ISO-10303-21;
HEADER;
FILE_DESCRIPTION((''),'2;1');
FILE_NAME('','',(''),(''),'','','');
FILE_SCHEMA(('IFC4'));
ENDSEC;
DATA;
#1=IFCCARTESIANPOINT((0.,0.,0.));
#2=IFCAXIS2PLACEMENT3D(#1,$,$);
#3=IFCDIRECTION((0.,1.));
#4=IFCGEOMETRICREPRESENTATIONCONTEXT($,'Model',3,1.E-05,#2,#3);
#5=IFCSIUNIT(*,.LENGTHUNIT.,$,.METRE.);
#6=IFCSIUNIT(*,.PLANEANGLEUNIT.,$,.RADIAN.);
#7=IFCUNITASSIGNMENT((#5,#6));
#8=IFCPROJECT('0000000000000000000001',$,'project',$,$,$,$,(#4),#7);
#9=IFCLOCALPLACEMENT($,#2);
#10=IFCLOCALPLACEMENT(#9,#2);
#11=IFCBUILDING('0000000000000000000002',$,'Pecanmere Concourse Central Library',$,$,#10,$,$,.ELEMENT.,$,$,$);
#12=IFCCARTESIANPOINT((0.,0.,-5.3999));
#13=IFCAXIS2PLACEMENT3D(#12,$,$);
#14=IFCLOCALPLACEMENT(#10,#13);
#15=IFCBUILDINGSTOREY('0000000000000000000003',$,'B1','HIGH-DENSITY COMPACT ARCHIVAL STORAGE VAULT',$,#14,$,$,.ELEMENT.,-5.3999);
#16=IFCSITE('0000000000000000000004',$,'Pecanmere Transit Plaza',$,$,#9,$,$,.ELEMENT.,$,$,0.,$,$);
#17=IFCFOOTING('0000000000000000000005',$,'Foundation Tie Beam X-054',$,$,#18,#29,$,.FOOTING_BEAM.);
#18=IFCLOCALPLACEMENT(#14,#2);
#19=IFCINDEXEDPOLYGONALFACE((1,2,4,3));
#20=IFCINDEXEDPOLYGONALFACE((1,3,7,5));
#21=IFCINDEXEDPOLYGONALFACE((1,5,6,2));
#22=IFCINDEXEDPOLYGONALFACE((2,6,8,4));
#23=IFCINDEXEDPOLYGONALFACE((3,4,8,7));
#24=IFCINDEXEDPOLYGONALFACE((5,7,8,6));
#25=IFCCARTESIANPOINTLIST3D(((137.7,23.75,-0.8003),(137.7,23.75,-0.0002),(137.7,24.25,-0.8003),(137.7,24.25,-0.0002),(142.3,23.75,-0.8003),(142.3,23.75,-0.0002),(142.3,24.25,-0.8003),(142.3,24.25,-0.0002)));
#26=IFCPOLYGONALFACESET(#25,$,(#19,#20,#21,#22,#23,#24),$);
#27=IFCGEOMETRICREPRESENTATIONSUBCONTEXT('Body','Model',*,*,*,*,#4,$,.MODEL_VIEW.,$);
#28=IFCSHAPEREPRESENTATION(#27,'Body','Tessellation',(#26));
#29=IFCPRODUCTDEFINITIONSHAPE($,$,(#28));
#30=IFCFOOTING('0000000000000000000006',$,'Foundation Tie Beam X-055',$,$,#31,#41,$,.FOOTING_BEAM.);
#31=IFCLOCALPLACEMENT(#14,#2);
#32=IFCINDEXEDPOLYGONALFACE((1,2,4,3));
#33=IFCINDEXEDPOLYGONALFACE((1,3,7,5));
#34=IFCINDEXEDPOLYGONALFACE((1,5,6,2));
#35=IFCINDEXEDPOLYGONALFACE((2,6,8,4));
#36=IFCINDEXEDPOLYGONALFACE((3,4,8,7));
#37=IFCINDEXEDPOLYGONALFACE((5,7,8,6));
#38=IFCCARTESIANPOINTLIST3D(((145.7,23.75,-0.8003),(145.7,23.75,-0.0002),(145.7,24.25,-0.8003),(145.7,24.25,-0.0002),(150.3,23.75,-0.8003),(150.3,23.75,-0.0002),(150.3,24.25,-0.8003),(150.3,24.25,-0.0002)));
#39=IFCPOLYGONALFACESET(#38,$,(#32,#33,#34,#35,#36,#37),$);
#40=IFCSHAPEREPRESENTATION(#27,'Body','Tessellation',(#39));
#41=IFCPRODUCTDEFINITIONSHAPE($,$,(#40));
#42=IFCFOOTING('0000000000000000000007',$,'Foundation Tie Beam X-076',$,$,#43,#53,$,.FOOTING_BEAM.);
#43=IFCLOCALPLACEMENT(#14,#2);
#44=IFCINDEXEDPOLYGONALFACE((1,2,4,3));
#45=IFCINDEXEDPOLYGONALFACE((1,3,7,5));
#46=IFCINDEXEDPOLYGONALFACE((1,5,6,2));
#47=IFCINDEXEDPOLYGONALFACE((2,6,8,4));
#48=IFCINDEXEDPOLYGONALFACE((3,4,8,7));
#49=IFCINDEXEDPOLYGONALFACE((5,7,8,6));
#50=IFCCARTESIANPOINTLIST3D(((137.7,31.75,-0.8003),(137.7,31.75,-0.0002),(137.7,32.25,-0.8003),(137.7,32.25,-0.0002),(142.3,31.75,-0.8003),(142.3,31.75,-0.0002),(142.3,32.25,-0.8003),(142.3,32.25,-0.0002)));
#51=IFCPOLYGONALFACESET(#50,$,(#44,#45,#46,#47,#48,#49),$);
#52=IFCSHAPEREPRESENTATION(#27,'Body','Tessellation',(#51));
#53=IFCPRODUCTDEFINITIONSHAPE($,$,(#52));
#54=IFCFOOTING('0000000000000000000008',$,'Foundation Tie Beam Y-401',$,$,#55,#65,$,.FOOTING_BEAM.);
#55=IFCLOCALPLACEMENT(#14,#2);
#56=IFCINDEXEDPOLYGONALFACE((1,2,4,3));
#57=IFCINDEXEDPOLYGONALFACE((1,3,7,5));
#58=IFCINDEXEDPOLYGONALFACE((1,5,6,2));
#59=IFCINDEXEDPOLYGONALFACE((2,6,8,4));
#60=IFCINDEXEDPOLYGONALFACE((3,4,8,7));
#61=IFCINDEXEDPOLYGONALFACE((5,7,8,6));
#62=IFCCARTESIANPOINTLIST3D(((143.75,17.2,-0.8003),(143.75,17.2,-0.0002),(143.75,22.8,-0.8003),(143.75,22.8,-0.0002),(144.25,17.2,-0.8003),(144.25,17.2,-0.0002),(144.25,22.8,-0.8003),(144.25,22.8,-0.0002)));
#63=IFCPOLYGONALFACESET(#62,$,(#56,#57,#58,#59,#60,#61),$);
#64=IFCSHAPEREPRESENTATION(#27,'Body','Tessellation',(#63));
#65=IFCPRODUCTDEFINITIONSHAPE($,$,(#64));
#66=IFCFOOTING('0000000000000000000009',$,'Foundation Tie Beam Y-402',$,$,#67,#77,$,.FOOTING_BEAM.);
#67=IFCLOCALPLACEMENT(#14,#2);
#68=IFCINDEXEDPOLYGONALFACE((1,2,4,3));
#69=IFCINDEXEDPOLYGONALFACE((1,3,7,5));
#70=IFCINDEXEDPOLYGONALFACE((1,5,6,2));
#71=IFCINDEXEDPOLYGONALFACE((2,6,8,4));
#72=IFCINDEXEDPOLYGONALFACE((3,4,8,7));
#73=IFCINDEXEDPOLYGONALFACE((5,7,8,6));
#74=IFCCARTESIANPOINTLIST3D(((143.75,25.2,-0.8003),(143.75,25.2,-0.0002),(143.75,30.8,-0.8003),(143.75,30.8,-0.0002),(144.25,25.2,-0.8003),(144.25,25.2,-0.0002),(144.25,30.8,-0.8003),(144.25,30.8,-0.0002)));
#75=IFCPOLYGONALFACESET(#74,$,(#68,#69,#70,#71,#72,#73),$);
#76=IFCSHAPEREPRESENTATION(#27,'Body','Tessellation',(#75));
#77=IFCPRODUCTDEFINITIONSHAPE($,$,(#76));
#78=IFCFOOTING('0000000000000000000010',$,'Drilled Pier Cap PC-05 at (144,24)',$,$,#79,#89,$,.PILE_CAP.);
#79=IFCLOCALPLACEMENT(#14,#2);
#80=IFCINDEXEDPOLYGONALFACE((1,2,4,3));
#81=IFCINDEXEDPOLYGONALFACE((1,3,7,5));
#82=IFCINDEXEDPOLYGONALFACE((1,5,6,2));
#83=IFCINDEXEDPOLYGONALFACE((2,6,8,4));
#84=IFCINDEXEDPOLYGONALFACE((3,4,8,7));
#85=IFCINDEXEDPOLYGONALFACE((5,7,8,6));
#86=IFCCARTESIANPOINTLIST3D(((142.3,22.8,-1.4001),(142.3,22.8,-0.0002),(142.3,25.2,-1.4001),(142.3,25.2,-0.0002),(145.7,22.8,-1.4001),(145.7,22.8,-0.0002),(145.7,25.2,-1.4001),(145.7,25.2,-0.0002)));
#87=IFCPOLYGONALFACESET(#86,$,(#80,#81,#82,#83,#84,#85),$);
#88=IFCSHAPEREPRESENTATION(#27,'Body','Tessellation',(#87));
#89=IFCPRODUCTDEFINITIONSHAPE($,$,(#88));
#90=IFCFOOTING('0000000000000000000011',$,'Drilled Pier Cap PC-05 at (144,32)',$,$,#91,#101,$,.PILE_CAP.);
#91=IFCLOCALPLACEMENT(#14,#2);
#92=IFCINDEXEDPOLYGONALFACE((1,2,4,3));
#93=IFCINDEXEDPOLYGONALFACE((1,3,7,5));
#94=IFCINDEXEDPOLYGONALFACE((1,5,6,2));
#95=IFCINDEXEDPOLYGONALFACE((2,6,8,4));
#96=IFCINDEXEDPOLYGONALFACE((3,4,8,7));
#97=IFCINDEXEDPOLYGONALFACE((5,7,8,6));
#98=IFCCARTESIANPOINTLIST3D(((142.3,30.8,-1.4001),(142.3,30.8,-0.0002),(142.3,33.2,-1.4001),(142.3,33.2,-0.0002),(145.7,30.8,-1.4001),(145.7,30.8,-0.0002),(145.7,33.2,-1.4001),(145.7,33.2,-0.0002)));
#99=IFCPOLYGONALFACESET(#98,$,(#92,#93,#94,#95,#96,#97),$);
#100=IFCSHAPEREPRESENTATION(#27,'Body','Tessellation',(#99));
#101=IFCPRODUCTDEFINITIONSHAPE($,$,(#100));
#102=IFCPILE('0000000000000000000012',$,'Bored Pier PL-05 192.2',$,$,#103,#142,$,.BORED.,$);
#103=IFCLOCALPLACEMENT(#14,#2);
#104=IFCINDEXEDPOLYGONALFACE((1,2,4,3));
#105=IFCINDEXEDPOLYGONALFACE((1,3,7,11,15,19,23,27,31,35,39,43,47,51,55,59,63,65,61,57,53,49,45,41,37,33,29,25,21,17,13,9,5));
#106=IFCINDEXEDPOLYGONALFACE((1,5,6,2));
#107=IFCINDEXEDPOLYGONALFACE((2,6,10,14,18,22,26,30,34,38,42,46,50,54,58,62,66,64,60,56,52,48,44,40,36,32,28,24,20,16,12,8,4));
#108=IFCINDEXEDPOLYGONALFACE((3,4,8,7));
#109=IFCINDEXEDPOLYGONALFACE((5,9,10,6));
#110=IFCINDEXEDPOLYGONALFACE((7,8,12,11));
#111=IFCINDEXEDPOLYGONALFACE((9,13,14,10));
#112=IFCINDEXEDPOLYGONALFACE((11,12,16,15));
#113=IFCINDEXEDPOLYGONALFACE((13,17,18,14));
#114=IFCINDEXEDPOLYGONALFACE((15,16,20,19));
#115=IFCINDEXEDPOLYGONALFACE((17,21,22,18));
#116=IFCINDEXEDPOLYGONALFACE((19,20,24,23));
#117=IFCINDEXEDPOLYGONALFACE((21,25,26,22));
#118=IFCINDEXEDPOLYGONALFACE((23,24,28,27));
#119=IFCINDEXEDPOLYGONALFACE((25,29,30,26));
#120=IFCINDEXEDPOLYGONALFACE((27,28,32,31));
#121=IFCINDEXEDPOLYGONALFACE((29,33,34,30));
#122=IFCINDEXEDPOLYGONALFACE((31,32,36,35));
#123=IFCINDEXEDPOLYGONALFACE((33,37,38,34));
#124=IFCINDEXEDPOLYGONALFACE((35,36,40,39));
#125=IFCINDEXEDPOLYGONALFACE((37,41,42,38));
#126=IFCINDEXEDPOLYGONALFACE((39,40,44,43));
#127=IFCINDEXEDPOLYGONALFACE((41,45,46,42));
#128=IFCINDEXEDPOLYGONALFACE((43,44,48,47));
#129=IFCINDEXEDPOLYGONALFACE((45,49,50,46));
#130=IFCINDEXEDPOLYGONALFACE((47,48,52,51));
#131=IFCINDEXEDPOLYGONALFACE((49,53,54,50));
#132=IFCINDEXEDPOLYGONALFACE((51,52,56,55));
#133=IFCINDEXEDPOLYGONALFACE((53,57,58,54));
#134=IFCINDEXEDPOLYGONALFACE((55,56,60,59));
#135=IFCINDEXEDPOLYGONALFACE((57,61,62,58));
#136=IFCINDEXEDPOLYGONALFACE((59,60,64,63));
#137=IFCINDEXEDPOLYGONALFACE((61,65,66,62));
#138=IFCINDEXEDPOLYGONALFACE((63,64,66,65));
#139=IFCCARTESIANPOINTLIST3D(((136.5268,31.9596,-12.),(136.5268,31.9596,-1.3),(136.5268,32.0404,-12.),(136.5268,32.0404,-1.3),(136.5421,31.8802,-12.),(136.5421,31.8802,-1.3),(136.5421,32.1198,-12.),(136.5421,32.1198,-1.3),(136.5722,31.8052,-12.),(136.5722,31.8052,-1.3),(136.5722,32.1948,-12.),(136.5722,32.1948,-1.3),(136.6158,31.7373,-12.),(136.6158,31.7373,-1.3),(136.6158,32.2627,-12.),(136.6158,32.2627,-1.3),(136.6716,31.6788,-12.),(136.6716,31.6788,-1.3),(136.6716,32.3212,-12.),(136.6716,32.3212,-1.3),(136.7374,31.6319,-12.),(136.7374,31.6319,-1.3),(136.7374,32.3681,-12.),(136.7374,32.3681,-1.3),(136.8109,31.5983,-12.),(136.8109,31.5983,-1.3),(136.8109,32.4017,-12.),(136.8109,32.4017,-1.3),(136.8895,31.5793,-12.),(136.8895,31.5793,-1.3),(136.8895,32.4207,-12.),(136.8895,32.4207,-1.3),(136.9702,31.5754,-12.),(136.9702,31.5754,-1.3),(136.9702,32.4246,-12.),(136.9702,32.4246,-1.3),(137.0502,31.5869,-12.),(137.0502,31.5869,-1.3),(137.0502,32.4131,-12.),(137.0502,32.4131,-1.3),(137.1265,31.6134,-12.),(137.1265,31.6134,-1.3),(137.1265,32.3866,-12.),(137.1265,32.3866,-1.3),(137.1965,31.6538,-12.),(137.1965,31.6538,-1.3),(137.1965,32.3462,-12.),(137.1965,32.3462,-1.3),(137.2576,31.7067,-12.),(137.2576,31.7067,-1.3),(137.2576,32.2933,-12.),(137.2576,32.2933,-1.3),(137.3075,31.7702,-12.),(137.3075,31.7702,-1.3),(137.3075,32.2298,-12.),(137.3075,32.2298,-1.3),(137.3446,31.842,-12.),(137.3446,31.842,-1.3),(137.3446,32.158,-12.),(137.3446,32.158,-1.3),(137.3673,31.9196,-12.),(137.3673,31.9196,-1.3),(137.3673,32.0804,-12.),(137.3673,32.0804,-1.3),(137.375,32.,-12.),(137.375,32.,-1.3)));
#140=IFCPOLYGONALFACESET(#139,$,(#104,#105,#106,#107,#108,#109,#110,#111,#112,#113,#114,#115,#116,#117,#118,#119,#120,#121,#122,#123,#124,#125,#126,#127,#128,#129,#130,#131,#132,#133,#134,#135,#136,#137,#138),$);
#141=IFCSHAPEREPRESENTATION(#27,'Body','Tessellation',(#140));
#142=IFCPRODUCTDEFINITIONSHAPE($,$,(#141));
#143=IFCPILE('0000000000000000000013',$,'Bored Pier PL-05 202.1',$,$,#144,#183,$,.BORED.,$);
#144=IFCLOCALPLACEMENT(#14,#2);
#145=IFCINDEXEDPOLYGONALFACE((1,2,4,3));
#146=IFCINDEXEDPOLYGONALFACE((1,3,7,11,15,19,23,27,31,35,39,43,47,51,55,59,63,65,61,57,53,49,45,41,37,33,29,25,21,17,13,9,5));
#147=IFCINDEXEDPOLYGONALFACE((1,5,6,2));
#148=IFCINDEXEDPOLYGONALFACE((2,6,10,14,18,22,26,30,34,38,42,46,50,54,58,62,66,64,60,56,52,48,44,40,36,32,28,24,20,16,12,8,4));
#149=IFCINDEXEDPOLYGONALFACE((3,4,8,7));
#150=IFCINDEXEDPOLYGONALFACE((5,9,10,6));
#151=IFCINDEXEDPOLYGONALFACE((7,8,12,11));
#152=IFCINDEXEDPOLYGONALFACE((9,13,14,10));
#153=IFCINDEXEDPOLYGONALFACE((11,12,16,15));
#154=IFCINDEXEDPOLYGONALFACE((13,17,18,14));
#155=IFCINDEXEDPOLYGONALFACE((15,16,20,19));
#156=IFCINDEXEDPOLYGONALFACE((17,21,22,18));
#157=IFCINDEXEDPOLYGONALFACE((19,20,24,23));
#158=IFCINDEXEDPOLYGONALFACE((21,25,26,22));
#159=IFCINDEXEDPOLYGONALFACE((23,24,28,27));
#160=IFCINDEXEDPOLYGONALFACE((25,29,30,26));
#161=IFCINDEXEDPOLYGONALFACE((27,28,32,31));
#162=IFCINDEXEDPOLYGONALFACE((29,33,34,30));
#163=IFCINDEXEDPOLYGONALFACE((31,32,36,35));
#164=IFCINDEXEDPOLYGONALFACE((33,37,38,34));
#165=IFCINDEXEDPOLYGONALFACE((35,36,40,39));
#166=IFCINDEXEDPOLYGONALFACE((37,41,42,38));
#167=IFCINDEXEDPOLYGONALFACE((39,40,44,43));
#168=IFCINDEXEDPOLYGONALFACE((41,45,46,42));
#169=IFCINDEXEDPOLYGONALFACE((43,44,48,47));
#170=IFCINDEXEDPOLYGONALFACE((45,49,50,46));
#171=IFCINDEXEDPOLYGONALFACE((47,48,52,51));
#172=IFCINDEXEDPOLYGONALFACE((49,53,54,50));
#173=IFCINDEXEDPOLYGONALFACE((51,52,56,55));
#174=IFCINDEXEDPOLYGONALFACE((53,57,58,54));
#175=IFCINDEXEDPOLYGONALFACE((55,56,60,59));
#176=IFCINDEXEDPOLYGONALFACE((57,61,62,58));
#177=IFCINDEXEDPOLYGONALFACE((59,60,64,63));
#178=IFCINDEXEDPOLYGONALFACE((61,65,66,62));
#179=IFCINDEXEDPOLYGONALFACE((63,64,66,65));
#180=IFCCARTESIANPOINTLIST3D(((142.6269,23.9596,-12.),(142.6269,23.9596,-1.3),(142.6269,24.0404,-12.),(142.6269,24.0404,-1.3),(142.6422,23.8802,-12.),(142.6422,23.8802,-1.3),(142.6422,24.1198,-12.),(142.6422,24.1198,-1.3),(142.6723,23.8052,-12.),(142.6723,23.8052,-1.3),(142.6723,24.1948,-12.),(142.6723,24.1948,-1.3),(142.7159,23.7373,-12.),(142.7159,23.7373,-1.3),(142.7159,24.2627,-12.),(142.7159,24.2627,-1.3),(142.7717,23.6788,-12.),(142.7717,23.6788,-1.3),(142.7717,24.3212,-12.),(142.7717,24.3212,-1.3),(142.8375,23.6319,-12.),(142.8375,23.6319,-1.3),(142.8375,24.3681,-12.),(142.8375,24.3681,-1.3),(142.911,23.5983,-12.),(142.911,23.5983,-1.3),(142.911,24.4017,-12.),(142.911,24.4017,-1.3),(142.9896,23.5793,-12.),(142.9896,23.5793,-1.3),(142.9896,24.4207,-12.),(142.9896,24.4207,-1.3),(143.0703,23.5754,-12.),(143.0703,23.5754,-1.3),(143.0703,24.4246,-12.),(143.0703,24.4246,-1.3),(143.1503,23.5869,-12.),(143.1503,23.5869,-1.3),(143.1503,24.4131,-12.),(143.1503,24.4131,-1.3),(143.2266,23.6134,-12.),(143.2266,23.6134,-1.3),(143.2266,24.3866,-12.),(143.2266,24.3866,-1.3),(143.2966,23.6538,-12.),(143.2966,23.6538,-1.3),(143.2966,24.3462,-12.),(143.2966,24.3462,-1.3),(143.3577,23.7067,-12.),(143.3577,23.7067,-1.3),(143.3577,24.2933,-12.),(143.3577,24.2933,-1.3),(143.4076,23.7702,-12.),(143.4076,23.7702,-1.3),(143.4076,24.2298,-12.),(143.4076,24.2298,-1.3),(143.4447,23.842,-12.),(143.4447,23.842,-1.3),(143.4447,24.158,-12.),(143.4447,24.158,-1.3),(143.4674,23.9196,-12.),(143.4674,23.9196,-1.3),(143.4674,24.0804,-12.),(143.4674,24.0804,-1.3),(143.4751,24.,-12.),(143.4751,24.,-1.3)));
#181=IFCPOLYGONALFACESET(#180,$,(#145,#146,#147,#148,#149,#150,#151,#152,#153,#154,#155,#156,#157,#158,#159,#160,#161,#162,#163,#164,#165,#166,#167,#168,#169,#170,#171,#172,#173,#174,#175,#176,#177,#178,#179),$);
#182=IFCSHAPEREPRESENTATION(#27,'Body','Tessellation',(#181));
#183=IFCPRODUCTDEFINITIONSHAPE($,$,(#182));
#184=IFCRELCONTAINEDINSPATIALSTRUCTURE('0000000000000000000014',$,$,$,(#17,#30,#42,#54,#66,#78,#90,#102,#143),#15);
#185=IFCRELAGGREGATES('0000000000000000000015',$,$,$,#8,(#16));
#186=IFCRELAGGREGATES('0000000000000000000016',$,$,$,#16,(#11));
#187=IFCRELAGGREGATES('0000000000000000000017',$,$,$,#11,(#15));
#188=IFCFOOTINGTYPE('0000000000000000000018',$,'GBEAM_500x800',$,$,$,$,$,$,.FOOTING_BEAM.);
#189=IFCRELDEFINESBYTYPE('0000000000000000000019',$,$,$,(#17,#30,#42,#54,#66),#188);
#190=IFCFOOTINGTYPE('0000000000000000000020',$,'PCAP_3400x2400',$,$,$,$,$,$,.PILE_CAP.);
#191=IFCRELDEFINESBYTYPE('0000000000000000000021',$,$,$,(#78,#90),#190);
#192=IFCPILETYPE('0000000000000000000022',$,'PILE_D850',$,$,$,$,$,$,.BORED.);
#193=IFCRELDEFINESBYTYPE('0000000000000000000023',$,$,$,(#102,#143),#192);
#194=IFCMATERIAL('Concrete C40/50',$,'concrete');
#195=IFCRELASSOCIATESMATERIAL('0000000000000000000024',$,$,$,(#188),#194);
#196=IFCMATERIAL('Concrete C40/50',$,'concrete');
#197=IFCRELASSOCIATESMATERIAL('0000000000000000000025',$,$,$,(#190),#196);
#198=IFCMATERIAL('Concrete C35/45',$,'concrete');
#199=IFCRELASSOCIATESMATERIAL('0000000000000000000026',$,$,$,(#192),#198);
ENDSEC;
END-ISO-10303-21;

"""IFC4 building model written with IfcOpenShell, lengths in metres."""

from ifc_helpers import new_model, si_unit, direction, frame, origin, origin_2d, place, context, subcontext, project, spatial, rectangle, circle, extrude, material, material_profile, profile_set, type_object, element, save


model = new_model("IFC4")

# Units and contexts
model_context = context("Model", 3, precision=1e-05, world=origin(), true_north=direction((0.0, 1.0)))
body_context = subcontext(model_context, "Body", "Model", "MODEL_VIEW")
ifc_project = project(units=[si_unit("LENGTHUNIT", "METRE"), si_unit("PLANEANGLEUNIT", "RADIAN")], contexts=[model_context])

# Site, building, storey
site_placement = place(None, origin())
site = spatial("IfcSite", under=ifc_project, at=site_placement, Name="Pecanmere Transit Plaza", CompositionType="ELEMENT", RefElevation=0.0)
building_placement = place(site_placement, origin())
building = spatial("IfcBuilding", under=site, at=building_placement, Name="Pecanmere Concourse Central Library", CompositionType="ELEMENT")
storey_placement = place(building_placement, frame((0.0, 0.0, -5.3999)))
storey = spatial("IfcBuildingStorey", under=building, at=storey_placement, Name="B1", Description="HIGH-DENSITY COMPACT ARCHIVAL STORAGE VAULT", CompositionType="ELEMENT", Elevation=-5.3999)

# Footings
ifc_material_1 = material(Name="Concrete C40/50", Category="concrete")
ifc_material_profile_1 = material_profile(ifc_material_1, rectangle(XDim=0.5, YDim=0.8, at=origin_2d()), Name="RC 500x800")
ifc_profile_set_1 = profile_set([ifc_material_profile_1], Name="Concrete C40/50")
footing_type_1 = type_object("IfcFootingType", Name="GBEAM_500x800", PredefinedType="FOOTING_BEAM", material=ifc_profile_set_1)
for number, where, z_axis, x_axis, name in (
    (1, (140.0, 24.0, -0.8003), (0.0, 0.0, 1.0), (1.0, 0.0, 0.0), "Foundation Tie Beam X-054"),
    (2, (148.0, 24.0, -0.8003), (0.0, 0.0, 1.0), (1.0, 0.0, 0.0), "Foundation Tie Beam X-055"),
    (3, (140.0, 32.0, -0.8003), (0.0, 0.0, 1.0), (1.0, 0.0, 0.0), "Foundation Tie Beam X-076"),
):
    element("IfcFooting", number, at=place(storey_placement, frame(where, z_axis=z_axis, x_axis=x_axis)), inside=storey, type_object=footing_type_1, Name=name, PredefinedType="FOOTING_BEAM", context=body_context, shape_type="SweptSolid", body=[
        extrude(rectangle(XDim=4.6001, YDim=0.5, at=origin_2d()), origin(), (0.0, 0.0, 1.0), 0.8),
    ])
for number, where, z_axis, x_axis, name in (
    (4, (144.0, 20.0, -0.8003), (0.0, 0.0, 1.0), (0.0, 1.0, 0.0), "Foundation Tie Beam Y-401"),
    (5, (144.0, 28.0, -0.8003), (0.0, 0.0, 1.0), (0.0, 1.0, 0.0), "Foundation Tie Beam Y-402"),
):
    element("IfcFooting", number, at=place(storey_placement, frame(where, z_axis=z_axis, x_axis=x_axis)), inside=storey, type_object=footing_type_1, Name=name, PredefinedType="FOOTING_BEAM", context=body_context, shape_type="SweptSolid", body=[
        extrude(rectangle(XDim=5.6001, YDim=0.5, at=origin_2d()), origin(), (0.0, 0.0, 1.0), 0.8),
    ])
ifc_material_2 = material(Name="Concrete C40/50", Category="concrete")
footing_type_2 = type_object("IfcFootingType", Name="PCAP_3400x2400", PredefinedType="PILE_CAP", material=ifc_material_2)
for number, where, z_axis, x_axis, name in (
    (6, (144.0, 24.0, -1.4001), (0.0, 0.0, 1.0), (1.0, 0.0, 0.0), "Drilled Pier Cap PC-05 at (144,24)"),
    (7, (144.0, 32.0, -1.4001), (0.0, 0.0, 1.0), (1.0, 0.0, 0.0), "Drilled Pier Cap PC-05 at (144,32)"),
):
    element("IfcFooting", number, at=place(storey_placement, frame(where, z_axis=z_axis, x_axis=x_axis)), inside=storey, type_object=footing_type_2, Name=name, PredefinedType="PILE_CAP", context=body_context, shape_type="SweptSolid", body=[
        extrude(rectangle(XDim=3.3999, YDim=2.3999, at=origin_2d()), origin(), (0.0, 0.0, 1.0), 1.3999),
    ])

# Piles
ifc_material_3 = material(Name="Concrete C35/45", Category="concrete")
ifc_material_profile_2 = material_profile(ifc_material_3, circle(Radius=0.425, at=origin_2d()), Name="PIER D850")
ifc_profile_set_2 = profile_set([ifc_material_profile_2], Name="Concrete C35/45")
pile_type = type_object("IfcPileType", Name="PILE_D850", PredefinedType="BORED", material=ifc_profile_set_2)
for number, where, z_axis, x_axis, name in (
    (8, (136.95, 32.0, -1.3), (0.0, 0.0, -1.0), (1.0, 0.0, 0.0), "Bored Pier PL-05 192.2"),
    (9, (143.05, 24.0, -1.3), (0.0, 0.0, -1.0), (1.0, 0.0, 0.0), "Bored Pier PL-05 202.1"),
):
    element("IfcPile", number, at=place(storey_placement, frame(where, z_axis=z_axis, x_axis=x_axis)), inside=storey, type_object=pile_type, Name=name, PredefinedType="BORED", context=body_context, shape_type="SweptSolid", body=[
        extrude(circle(Radius=0.425, at=origin_2d()), origin(), (0.0, 0.0, 1.0), 10.7),
    ])

save(model, "model.ifc")
